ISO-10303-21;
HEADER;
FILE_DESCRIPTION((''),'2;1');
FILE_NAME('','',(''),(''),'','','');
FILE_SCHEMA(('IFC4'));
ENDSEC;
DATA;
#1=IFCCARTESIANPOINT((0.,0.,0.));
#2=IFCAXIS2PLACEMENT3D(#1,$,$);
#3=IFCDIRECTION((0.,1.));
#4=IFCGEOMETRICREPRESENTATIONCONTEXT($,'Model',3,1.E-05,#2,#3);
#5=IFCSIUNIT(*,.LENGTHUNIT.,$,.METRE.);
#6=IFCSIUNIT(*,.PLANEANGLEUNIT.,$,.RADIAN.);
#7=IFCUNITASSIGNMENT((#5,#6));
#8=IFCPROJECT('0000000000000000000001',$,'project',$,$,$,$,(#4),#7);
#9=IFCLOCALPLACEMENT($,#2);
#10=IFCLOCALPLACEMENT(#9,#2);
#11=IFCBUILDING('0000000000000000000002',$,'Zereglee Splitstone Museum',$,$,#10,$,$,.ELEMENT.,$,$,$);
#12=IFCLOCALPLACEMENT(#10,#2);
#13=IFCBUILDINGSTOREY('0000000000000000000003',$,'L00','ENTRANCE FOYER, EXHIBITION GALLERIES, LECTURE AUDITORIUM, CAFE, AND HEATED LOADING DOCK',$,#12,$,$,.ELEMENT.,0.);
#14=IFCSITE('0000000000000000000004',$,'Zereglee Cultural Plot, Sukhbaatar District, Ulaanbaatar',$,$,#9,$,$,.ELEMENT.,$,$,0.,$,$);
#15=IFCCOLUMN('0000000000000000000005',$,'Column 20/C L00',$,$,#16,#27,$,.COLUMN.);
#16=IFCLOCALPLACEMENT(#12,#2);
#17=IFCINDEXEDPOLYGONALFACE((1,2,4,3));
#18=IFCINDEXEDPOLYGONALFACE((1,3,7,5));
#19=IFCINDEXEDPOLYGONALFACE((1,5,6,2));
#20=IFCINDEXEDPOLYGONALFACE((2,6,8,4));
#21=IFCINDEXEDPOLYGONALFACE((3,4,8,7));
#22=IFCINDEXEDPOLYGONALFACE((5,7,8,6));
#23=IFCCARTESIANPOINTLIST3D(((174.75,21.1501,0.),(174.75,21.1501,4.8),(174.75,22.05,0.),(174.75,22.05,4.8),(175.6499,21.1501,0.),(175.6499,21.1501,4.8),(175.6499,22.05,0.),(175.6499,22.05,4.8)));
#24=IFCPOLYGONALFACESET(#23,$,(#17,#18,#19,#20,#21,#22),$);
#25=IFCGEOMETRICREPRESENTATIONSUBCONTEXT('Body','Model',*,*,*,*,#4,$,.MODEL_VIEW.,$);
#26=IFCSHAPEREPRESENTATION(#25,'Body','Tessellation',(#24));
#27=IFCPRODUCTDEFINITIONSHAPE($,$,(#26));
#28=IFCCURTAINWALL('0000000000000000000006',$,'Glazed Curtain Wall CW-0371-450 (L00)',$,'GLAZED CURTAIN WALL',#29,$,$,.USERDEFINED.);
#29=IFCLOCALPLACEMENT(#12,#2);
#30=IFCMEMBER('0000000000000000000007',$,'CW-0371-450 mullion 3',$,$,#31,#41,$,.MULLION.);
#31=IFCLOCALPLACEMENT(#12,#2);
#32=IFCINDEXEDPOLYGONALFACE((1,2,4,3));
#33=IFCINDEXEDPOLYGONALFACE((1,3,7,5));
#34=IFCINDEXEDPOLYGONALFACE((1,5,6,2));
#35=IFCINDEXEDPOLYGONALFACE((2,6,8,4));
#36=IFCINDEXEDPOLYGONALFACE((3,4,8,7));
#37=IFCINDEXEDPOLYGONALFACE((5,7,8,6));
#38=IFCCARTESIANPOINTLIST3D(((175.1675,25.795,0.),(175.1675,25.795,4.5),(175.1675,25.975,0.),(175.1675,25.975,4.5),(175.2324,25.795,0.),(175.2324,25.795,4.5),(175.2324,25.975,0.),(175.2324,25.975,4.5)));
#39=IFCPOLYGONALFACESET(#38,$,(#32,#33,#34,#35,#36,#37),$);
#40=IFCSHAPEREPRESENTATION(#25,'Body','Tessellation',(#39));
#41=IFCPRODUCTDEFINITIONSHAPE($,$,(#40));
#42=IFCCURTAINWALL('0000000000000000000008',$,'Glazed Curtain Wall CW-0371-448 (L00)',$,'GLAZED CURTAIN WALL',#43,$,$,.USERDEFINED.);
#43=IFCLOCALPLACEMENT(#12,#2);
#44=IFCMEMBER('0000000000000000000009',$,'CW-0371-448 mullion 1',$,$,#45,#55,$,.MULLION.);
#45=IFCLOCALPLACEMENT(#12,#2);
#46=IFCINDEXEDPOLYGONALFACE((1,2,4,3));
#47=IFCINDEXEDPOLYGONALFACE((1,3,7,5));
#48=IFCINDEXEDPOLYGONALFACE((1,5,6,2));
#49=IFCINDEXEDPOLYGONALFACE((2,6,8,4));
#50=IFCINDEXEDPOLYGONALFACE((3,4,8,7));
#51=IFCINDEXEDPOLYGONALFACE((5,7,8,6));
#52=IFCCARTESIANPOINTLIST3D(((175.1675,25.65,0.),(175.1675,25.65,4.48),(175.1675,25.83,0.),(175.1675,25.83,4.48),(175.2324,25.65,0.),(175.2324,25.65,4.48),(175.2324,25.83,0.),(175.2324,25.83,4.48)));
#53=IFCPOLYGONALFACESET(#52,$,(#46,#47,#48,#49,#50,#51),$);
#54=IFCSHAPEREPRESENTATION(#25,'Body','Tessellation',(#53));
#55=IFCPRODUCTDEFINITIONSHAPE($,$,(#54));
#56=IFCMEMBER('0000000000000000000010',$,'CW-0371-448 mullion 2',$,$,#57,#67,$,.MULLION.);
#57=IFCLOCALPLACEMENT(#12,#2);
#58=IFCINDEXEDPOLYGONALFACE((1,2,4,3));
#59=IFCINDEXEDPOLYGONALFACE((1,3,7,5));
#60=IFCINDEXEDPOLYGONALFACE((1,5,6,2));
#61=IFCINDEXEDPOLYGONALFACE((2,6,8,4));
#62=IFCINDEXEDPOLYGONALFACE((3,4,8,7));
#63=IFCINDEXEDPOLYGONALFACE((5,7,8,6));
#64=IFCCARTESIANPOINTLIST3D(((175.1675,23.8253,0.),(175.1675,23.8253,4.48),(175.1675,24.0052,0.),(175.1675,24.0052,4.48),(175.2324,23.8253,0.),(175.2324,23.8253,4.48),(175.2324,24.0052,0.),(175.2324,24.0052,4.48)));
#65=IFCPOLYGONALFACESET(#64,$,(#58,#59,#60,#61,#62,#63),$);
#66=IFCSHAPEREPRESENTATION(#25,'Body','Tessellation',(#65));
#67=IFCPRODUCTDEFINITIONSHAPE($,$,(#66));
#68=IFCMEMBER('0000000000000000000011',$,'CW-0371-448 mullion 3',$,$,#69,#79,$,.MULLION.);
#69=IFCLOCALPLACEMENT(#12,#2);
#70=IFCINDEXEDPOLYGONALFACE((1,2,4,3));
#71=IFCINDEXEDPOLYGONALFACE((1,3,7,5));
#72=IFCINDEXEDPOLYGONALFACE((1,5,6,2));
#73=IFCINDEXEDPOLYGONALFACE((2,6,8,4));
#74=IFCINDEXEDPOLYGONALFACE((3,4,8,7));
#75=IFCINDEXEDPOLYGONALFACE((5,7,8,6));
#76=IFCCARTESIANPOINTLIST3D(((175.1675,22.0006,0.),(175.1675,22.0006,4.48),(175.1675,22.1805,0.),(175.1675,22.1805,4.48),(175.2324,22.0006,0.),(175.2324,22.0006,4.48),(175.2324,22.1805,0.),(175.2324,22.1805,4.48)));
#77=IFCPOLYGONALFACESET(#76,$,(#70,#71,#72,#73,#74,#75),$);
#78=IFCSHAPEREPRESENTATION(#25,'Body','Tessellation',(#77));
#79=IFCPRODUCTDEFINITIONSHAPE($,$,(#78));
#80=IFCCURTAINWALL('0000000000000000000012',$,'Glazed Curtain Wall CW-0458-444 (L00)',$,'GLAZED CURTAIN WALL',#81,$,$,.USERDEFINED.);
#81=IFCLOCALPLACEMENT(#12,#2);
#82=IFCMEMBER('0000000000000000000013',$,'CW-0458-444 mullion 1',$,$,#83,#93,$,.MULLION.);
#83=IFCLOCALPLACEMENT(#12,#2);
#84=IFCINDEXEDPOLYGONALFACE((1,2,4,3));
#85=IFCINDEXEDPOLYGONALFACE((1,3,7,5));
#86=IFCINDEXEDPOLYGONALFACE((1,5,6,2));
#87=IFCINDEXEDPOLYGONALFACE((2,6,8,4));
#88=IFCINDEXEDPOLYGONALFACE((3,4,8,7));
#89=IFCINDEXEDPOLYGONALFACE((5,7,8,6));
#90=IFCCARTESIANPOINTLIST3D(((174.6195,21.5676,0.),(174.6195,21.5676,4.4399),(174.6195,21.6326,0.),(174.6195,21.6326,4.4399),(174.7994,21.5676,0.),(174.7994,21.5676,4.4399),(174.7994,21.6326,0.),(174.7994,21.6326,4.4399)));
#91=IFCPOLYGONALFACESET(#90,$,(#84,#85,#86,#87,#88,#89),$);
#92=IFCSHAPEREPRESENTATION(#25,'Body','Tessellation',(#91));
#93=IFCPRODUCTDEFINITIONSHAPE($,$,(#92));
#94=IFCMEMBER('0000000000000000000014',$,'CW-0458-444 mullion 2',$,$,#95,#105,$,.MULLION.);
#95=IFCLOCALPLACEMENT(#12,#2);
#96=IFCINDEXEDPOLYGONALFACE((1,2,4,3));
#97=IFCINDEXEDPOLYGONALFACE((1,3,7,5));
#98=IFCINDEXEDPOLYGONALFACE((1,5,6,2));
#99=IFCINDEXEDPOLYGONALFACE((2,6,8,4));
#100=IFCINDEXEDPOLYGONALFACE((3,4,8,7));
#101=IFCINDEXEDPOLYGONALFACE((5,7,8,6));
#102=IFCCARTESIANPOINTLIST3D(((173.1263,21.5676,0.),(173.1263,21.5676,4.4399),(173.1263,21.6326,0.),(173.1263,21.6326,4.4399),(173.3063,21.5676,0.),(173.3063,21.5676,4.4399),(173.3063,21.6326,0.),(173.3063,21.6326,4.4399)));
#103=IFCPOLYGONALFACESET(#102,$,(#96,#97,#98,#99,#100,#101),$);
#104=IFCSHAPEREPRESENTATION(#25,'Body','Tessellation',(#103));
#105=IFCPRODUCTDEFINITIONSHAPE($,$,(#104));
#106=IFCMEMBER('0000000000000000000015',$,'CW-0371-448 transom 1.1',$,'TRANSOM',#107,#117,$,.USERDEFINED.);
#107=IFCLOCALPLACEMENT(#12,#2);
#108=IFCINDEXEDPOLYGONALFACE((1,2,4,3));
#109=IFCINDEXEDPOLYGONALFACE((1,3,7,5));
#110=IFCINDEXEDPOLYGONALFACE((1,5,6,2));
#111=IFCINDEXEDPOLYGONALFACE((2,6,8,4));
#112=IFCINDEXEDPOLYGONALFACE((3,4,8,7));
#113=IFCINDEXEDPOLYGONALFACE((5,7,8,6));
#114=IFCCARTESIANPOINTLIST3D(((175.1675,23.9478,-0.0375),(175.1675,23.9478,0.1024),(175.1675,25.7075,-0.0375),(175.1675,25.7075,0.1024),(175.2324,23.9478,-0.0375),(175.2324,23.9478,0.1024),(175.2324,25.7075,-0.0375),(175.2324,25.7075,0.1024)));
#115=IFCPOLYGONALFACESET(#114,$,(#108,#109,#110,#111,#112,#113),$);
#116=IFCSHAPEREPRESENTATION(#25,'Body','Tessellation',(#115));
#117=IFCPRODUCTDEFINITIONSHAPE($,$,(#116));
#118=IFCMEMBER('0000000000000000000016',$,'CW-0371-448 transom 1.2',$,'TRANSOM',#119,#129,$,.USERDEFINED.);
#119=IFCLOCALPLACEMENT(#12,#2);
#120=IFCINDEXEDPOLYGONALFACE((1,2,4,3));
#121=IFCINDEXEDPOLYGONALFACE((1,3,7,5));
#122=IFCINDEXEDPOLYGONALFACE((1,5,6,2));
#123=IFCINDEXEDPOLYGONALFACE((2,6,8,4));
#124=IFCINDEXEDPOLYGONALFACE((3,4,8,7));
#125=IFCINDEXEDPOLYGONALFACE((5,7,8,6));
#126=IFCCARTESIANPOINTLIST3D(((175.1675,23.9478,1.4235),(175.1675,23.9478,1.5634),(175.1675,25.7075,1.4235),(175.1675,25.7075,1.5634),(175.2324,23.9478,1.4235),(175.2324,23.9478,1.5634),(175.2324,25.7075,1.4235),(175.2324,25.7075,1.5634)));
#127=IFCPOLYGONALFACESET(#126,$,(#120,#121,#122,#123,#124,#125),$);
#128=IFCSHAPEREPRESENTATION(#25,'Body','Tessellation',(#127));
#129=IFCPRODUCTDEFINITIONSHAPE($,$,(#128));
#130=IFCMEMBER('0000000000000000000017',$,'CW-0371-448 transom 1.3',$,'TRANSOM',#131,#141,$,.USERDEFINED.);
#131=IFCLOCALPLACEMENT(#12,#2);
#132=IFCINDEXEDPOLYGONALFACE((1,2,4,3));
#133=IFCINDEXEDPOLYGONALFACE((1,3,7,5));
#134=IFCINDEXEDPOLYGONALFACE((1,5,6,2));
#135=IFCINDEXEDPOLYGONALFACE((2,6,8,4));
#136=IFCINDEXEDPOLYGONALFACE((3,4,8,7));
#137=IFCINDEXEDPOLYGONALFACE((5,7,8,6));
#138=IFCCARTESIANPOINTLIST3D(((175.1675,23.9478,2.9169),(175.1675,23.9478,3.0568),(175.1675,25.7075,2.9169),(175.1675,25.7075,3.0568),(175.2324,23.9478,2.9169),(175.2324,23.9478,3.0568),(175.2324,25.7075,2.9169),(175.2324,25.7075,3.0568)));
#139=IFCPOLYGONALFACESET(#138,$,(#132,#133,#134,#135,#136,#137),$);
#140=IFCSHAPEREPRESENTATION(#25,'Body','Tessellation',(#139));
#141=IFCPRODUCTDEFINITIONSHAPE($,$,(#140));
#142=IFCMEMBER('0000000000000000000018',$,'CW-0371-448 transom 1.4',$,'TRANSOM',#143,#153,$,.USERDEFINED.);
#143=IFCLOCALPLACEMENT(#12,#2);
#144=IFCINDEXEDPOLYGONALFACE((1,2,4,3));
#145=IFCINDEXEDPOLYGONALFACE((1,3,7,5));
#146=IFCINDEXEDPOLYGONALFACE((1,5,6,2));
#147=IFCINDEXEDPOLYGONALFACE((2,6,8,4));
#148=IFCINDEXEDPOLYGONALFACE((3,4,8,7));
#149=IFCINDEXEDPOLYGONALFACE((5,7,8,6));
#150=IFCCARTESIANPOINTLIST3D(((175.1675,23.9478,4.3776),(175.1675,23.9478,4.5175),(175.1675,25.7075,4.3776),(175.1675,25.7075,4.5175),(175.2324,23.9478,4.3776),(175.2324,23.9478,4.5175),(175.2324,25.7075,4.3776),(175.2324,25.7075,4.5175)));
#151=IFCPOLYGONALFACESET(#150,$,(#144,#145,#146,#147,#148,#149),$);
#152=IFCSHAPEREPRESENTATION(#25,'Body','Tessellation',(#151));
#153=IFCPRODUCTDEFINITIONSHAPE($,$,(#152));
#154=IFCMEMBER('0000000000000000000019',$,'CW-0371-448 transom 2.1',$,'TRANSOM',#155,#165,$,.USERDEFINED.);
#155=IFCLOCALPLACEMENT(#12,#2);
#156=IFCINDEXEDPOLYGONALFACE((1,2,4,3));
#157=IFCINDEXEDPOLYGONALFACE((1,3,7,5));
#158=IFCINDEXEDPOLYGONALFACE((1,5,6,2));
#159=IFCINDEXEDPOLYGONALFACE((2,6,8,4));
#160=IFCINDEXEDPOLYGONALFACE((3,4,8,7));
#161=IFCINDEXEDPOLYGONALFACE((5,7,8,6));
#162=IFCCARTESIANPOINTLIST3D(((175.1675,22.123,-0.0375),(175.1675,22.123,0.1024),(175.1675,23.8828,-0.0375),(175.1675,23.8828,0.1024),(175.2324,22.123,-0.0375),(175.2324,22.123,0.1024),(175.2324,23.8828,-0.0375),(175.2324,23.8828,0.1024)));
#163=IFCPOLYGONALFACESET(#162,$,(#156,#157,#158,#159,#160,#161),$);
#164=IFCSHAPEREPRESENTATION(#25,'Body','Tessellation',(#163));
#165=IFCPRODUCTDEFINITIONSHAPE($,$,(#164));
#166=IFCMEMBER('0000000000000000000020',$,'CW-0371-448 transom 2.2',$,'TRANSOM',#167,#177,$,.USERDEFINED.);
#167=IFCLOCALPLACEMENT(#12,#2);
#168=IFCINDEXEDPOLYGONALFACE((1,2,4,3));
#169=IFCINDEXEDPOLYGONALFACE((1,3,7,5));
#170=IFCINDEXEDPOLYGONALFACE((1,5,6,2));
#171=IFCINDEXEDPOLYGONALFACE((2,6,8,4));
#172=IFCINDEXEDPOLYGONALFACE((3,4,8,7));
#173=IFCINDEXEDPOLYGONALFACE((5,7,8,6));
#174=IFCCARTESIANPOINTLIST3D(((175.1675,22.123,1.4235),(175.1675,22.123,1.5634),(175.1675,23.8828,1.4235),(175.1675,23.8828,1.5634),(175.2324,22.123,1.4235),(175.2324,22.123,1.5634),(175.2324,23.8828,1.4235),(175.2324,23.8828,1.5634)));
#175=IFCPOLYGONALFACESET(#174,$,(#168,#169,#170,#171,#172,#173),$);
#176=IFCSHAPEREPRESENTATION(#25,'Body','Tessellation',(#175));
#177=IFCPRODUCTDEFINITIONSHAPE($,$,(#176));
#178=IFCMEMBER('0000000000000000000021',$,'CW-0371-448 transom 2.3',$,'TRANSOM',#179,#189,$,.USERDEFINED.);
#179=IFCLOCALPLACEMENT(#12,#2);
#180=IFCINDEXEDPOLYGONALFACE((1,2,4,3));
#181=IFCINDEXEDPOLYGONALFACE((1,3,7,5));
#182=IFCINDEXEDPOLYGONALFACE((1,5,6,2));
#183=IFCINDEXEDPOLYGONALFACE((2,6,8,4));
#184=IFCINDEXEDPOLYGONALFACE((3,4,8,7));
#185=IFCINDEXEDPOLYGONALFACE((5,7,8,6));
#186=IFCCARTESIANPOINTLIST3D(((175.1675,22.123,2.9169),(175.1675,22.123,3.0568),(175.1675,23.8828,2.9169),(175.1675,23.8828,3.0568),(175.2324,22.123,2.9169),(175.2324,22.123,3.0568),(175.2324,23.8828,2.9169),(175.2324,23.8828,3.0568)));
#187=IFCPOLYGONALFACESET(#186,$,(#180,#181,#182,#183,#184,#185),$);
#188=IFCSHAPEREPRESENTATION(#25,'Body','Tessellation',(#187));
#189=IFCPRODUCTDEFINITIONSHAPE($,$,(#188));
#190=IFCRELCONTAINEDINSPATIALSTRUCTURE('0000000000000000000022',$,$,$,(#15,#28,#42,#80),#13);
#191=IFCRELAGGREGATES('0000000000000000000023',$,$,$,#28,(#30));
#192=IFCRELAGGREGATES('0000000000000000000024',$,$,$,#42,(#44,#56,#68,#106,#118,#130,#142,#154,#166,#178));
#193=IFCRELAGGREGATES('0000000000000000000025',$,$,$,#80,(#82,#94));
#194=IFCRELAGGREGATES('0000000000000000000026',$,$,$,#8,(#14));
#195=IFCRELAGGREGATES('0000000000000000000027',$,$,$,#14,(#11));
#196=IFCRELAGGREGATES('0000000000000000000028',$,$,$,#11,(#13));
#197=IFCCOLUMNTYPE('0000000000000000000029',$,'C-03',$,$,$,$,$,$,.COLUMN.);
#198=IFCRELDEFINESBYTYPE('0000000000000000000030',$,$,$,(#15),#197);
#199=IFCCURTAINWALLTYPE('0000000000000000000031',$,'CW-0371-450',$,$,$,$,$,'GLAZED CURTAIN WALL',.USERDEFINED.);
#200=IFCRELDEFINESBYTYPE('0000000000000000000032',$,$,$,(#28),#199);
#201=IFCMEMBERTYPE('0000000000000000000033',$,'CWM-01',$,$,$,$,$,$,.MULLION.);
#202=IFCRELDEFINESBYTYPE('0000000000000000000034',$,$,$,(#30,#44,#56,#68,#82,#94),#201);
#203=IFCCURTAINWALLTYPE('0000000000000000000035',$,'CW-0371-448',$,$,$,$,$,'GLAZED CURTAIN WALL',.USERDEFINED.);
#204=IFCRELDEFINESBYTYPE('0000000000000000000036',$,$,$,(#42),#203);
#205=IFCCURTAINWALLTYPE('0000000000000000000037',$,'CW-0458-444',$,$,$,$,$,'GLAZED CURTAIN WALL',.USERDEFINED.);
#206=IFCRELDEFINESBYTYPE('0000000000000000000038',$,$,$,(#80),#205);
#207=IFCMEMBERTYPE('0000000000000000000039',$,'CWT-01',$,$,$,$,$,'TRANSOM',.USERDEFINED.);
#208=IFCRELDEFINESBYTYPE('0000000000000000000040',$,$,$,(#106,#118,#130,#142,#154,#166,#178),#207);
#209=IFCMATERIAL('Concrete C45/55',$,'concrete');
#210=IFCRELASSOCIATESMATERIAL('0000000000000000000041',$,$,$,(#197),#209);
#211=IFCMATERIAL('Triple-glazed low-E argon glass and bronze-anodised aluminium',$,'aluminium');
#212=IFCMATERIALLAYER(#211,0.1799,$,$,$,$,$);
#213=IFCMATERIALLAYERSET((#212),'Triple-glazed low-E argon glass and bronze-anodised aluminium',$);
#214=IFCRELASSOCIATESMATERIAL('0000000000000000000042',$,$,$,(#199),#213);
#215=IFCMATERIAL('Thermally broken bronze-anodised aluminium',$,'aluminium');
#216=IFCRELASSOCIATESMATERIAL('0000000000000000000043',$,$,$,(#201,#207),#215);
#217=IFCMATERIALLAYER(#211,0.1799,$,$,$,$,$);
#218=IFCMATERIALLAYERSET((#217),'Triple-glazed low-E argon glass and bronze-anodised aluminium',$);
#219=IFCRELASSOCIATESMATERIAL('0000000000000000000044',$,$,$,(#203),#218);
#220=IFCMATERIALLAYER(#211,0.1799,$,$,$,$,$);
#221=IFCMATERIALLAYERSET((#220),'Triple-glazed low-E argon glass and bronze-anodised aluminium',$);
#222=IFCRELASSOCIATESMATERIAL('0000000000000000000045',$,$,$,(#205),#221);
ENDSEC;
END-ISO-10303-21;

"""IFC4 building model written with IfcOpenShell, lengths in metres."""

from ifc_helpers import new_model, si_unit, direction, frame, origin, origin_2d, place, context, subcontext, project, spatial, rectangle, extrude, material, layer, layer_set, material_profile, profile_set, type_object, element, aggregate, save


model = new_model("IFC4")

# Units and contexts
model_context = context("Model", 3, precision=1e-05, world=origin(), true_north=direction((0.0, 1.0)))
body_context = subcontext(model_context, "Body", "Model", "MODEL_VIEW")
ifc_project = project(units=[si_unit("LENGTHUNIT", "METRE"), si_unit("PLANEANGLEUNIT", "RADIAN")], contexts=[model_context])

# Site, building, storey
site_placement = place(None, origin())
site = spatial("IfcSite", under=ifc_project, at=site_placement, Name="Zereglee Cultural Plot, Sukhbaatar District, Ulaanbaatar", CompositionType="ELEMENT", RefElevation=0.0)
building_placement = place(site_placement, origin())
building = spatial("IfcBuilding", under=site, at=building_placement, Name="Zereglee Splitstone Museum", CompositionType="ELEMENT")
storey_placement = place(building_placement, origin())
storey = spatial("IfcBuildingStorey", under=building, at=storey_placement, Name="L00", Description="ENTRANCE FOYER, EXHIBITION GALLERIES, LECTURE AUDITORIUM, CAFE, AND HEATED LOADING DOCK", CompositionType="ELEMENT", Elevation=0.0)

# Column
ifc_material_1 = material(Name="Concrete C45/55", Category="concrete")
ifc_material_profile_1 = material_profile(ifc_material_1, rectangle(XDim=0.8999, YDim=0.8999, at=origin_2d()), Name="RC 900x900")
ifc_profile_set_1 = profile_set([ifc_material_profile_1], Name="Concrete C45/55")
column_type = type_object("IfcColumnType", Name="C-03", PredefinedType="COLUMN", material=ifc_profile_set_1)
column_placement = place(storey_placement, frame((175.2, 21.6001, 0.0), z_axis=(0.0, 0.0, 1.0), x_axis=(1.0, 0.0, 0.0)))
element("IfcColumn", 1, at=column_placement, inside=storey, type_object=column_type, Name="Column 20/C L00", PredefinedType="COLUMN", context=body_context, shape_type="SweptSolid", body=[
    extrude(rectangle(XDim=0.8999, YDim=0.8999, at=origin_2d()), origin(), (0.0, 0.0, 1.0), 4.8),
])

# Curtain wall, member
ifc_material_2 = material(Name="Triple-glazed low-E argon glass and bronze-anodised aluminium", Category="aluminium")
ifc_layer_1 = layer(ifc_material_2, 0.1799)
ifc_layer_set_1 = layer_set([ifc_layer_1], Name="Triple-glazed low-E argon glass and bronze-anodised aluminium")
curtain_wall_type_1 = type_object("IfcCurtainWallType", Name="CW-0371-450", ElementType="GLAZED CURTAIN WALL", PredefinedType="USERDEFINED", material=ifc_layer_set_1)
curtain_wall_1_placement = place(storey_placement, origin())
curtain_wall_1 = element("IfcCurtainWall", 2, at=curtain_wall_1_placement, inside=storey, type_object=curtain_wall_type_1, Name="Glazed Curtain Wall CW-0371-450 (L00)", ObjectType="GLAZED CURTAIN WALL", PredefinedType="USERDEFINED")
ifc_material_3 = material(Name="Thermally broken bronze-anodised aluminium", Category="aluminium")
ifc_material_profile_2 = material_profile(ifc_material_3, rectangle(XDim=0.0649, YDim=0.1799, at=origin_2d()), Name="CW MULL 65x180")
ifc_profile_set_2 = profile_set([ifc_material_profile_2], Name="Thermally broken bronze-anodised aluminium")
member_type_1 = type_object("IfcMemberType", Name="CWM-01", PredefinedType="MULLION", material=ifc_profile_set_2)
member_1_placement = place(storey_placement, frame((175.2, 25.885, 0.0), z_axis=(0.0, 0.0, 1.0), x_axis=(1.0, 0.0, 0.0)))
member_1 = element("IfcMember", 3, at=member_1_placement, type_object=member_type_1, Name="CW-0371-450 mullion 3", PredefinedType="MULLION", context=body_context, shape_type="SweptSolid", body=[
    extrude(rectangle(XDim=0.0649, YDim=0.1799, at=origin_2d()), origin(), (0.0, 0.0, 1.0), 4.5),
])

# Curtain walls, members
ifc_layer_2 = layer(ifc_material_2, 0.1799)
ifc_layer_set_2 = layer_set([ifc_layer_2], Name="Triple-glazed low-E argon glass and bronze-anodised aluminium")
curtain_wall_type_2 = type_object("IfcCurtainWallType", Name="CW-0371-448", ElementType="GLAZED CURTAIN WALL", PredefinedType="USERDEFINED", material=ifc_layer_set_2)
curtain_wall_2_placement = place(storey_placement, origin())
curtain_wall_2 = element("IfcCurtainWall", 4, at=curtain_wall_2_placement, inside=storey, type_object=curtain_wall_type_2, Name="Glazed Curtain Wall CW-0371-448 (L00)", ObjectType="GLAZED CURTAIN WALL", PredefinedType="USERDEFINED")
member_2_placement = place(storey_placement, frame((175.2, 25.74, 0.0), z_axis=(0.0, 0.0, 1.0), x_axis=(1.0, 0.0, 0.0)))
member_2 = element("IfcMember", 5, at=member_2_placement, type_object=member_type_1, Name="CW-0371-448 mullion 1", PredefinedType="MULLION", context=body_context, shape_type="SweptSolid", body=[
    extrude(rectangle(XDim=0.0649, YDim=0.1799, at=origin_2d()), origin(), (0.0, 0.0, 1.0), 4.48),
])
member_3_placement = place(storey_placement, frame((175.2, 23.9153, 0.0), z_axis=(0.0, 0.0, 1.0), x_axis=(1.0, 0.0, 0.0)))
member_3 = element("IfcMember", 6, at=member_3_placement, type_object=member_type_1, Name="CW-0371-448 mullion 2", PredefinedType="MULLION", context=body_context, shape_type="SweptSolid", body=[
    extrude(rectangle(XDim=0.0649, YDim=0.1799, at=origin_2d()), origin(), (0.0, 0.0, 1.0), 4.48),
])
member_4_placement = place(storey_placement, frame((175.2, 22.0906, 0.0), z_axis=(0.0, 0.0, 1.0), x_axis=(1.0, 0.0, 0.0)))
member_4 = element("IfcMember", 7, at=member_4_placement, type_object=member_type_1, Name="CW-0371-448 mullion 3", PredefinedType="MULLION", context=body_context, shape_type="SweptSolid", body=[
    extrude(rectangle(XDim=0.0649, YDim=0.1799, at=origin_2d()), origin(), (0.0, 0.0, 1.0), 4.48),
])
ifc_layer_3 = layer(ifc_material_2, 0.1799)
ifc_layer_set_3 = layer_set([ifc_layer_3], Name="Triple-glazed low-E argon glass and bronze-anodised aluminium")
curtain_wall_type_3 = type_object("IfcCurtainWallType", Name="CW-0458-444", ElementType="GLAZED CURTAIN WALL", PredefinedType="USERDEFINED", material=ifc_layer_set_3)
curtain_wall_3_placement = place(storey_placement, origin())
curtain_wall_3 = element("IfcCurtainWall", 8, at=curtain_wall_3_placement, inside=storey, type_object=curtain_wall_type_3, Name="Glazed Curtain Wall CW-0458-444 (L00)", ObjectType="GLAZED CURTAIN WALL", PredefinedType="USERDEFINED")
member_5_placement = place(storey_placement, frame((174.7095, 21.6001, 0.0), z_axis=(0.0, 0.0, 1.0), x_axis=(0.0, -1.0, 0.0)))
member_5 = element("IfcMember", 9, at=member_5_placement, type_object=member_type_1, Name="CW-0458-444 mullion 1", PredefinedType="MULLION", context=body_context, shape_type="SweptSolid", body=[
    extrude(rectangle(XDim=0.0649, YDim=0.1799, at=origin_2d()), origin(), (0.0, 0.0, 1.0), 4.4399),
])
member_6_placement = place(storey_placement, frame((173.2163, 21.6001, 0.0), z_axis=(0.0, 0.0, 1.0), x_axis=(0.0, -1.0, 0.0)))
member_6 = element("IfcMember", 10, at=member_6_placement, type_object=member_type_1, Name="CW-0458-444 mullion 2", PredefinedType="MULLION", context=body_context, shape_type="SweptSolid", body=[
    extrude(rectangle(XDim=0.0649, YDim=0.1799, at=origin_2d()), origin(), (0.0, 0.0, 1.0), 4.4399),
])

# Members
ifc_material_profile_3 = material_profile(ifc_material_3, rectangle(XDim=0.0649, YDim=0.1399, at=origin_2d()), Name="CW TRAN 65x140")
ifc_profile_set_3 = profile_set([ifc_material_profile_3], Name="Thermally broken bronze-anodised aluminium")
member_type_2 = type_object("IfcMemberType", Name="CWT-01", ElementType="TRANSOM", PredefinedType="USERDEFINED", material=ifc_profile_set_3)
member_7_placement = place(storey_placement, frame((175.2, 25.7075, 0.0325), z_axis=(0.0, -1.0, 0.0), x_axis=(1.0, 0.0, 0.0)))
member_7 = element("IfcMember", 11, at=member_7_placement, type_object=member_type_2, Name="CW-0371-448 transom 1.1", ObjectType="TRANSOM", PredefinedType="USERDEFINED", context=body_context, shape_type="SweptSolid", body=[
    extrude(rectangle(XDim=0.0649, YDim=0.1399, at=origin_2d()), origin(), (0.0, 0.0, 1.0), 1.7598),
])
member_8_placement = place(storey_placement, frame((175.2, 25.7075, 1.4934), z_axis=(0.0, -1.0, 0.0), x_axis=(1.0, 0.0, 0.0)))
member_8 = element("IfcMember", 12, at=member_8_placement, type_object=member_type_2, Name="CW-0371-448 transom 1.2", ObjectType="TRANSOM", PredefinedType="USERDEFINED", context=body_context, shape_type="SweptSolid", body=[
    extrude(rectangle(XDim=0.0649, YDim=0.1399, at=origin_2d()), origin(), (0.0, 0.0, 1.0), 1.7598),
])
member_9_placement = place(storey_placement, frame((175.2, 25.7075, 2.9868), z_axis=(0.0, -1.0, 0.0), x_axis=(1.0, 0.0, 0.0)))
member_9 = element("IfcMember", 13, at=member_9_placement, type_object=member_type_2, Name="CW-0371-448 transom 1.3", ObjectType="TRANSOM", PredefinedType="USERDEFINED", context=body_context, shape_type="SweptSolid", body=[
    extrude(rectangle(XDim=0.0649, YDim=0.1399, at=origin_2d()), origin(), (0.0, 0.0, 1.0), 1.7598),
])
member_10_placement = place(storey_placement, frame((175.2, 25.7075, 4.4475), z_axis=(0.0, -1.0, 0.0), x_axis=(1.0, 0.0, 0.0)))
member_10 = element("IfcMember", 14, at=member_10_placement, type_object=member_type_2, Name="CW-0371-448 transom 1.4", ObjectType="TRANSOM", PredefinedType="USERDEFINED", context=body_context, shape_type="SweptSolid", body=[
    extrude(rectangle(XDim=0.0649, YDim=0.1399, at=origin_2d()), origin(), (0.0, 0.0, 1.0), 1.7598),
])
member_11_placement = place(storey_placement, frame((175.2, 23.8828, 0.0325), z_axis=(0.0, -1.0, 0.0), x_axis=(1.0, 0.0, 0.0)))
member_11 = element("IfcMember", 15, at=member_11_placement, type_object=member_type_2, Name="CW-0371-448 transom 2.1", ObjectType="TRANSOM", PredefinedType="USERDEFINED", context=body_context, shape_type="SweptSolid", body=[
    extrude(rectangle(XDim=0.0649, YDim=0.1399, at=origin_2d()), origin(), (0.0, 0.0, 1.0), 1.7598),
])
member_12_placement = place(storey_placement, frame((175.2, 23.8828, 1.4934), z_axis=(0.0, -1.0, 0.0), x_axis=(1.0, 0.0, 0.0)))
member_12 = element("IfcMember", 16, at=member_12_placement, type_object=member_type_2, Name="CW-0371-448 transom 2.2", ObjectType="TRANSOM", PredefinedType="USERDEFINED", context=body_context, shape_type="SweptSolid", body=[
    extrude(rectangle(XDim=0.0649, YDim=0.1399, at=origin_2d()), origin(), (0.0, 0.0, 1.0), 1.7598),
])
member_13_placement = place(storey_placement, frame((175.2, 23.8828, 2.9868), z_axis=(0.0, -1.0, 0.0), x_axis=(1.0, 0.0, 0.0)))
member_13 = element("IfcMember", 17, at=member_13_placement, type_object=member_type_2, Name="CW-0371-448 transom 2.3", ObjectType="TRANSOM", PredefinedType="USERDEFINED", context=body_context, shape_type="SweptSolid", body=[
    extrude(rectangle(XDim=0.0649, YDim=0.1399, at=origin_2d()), origin(), (0.0, 0.0, 1.0), 1.7598),
])

aggregate(curtain_wall_1, [member_1])
aggregate(curtain_wall_2, [member_2, member_3, member_4, member_7, member_8, member_9, member_10, member_11, member_12, member_13])
aggregate(curtain_wall_3, [member_5, member_6])

save(model, "model.ifc")
